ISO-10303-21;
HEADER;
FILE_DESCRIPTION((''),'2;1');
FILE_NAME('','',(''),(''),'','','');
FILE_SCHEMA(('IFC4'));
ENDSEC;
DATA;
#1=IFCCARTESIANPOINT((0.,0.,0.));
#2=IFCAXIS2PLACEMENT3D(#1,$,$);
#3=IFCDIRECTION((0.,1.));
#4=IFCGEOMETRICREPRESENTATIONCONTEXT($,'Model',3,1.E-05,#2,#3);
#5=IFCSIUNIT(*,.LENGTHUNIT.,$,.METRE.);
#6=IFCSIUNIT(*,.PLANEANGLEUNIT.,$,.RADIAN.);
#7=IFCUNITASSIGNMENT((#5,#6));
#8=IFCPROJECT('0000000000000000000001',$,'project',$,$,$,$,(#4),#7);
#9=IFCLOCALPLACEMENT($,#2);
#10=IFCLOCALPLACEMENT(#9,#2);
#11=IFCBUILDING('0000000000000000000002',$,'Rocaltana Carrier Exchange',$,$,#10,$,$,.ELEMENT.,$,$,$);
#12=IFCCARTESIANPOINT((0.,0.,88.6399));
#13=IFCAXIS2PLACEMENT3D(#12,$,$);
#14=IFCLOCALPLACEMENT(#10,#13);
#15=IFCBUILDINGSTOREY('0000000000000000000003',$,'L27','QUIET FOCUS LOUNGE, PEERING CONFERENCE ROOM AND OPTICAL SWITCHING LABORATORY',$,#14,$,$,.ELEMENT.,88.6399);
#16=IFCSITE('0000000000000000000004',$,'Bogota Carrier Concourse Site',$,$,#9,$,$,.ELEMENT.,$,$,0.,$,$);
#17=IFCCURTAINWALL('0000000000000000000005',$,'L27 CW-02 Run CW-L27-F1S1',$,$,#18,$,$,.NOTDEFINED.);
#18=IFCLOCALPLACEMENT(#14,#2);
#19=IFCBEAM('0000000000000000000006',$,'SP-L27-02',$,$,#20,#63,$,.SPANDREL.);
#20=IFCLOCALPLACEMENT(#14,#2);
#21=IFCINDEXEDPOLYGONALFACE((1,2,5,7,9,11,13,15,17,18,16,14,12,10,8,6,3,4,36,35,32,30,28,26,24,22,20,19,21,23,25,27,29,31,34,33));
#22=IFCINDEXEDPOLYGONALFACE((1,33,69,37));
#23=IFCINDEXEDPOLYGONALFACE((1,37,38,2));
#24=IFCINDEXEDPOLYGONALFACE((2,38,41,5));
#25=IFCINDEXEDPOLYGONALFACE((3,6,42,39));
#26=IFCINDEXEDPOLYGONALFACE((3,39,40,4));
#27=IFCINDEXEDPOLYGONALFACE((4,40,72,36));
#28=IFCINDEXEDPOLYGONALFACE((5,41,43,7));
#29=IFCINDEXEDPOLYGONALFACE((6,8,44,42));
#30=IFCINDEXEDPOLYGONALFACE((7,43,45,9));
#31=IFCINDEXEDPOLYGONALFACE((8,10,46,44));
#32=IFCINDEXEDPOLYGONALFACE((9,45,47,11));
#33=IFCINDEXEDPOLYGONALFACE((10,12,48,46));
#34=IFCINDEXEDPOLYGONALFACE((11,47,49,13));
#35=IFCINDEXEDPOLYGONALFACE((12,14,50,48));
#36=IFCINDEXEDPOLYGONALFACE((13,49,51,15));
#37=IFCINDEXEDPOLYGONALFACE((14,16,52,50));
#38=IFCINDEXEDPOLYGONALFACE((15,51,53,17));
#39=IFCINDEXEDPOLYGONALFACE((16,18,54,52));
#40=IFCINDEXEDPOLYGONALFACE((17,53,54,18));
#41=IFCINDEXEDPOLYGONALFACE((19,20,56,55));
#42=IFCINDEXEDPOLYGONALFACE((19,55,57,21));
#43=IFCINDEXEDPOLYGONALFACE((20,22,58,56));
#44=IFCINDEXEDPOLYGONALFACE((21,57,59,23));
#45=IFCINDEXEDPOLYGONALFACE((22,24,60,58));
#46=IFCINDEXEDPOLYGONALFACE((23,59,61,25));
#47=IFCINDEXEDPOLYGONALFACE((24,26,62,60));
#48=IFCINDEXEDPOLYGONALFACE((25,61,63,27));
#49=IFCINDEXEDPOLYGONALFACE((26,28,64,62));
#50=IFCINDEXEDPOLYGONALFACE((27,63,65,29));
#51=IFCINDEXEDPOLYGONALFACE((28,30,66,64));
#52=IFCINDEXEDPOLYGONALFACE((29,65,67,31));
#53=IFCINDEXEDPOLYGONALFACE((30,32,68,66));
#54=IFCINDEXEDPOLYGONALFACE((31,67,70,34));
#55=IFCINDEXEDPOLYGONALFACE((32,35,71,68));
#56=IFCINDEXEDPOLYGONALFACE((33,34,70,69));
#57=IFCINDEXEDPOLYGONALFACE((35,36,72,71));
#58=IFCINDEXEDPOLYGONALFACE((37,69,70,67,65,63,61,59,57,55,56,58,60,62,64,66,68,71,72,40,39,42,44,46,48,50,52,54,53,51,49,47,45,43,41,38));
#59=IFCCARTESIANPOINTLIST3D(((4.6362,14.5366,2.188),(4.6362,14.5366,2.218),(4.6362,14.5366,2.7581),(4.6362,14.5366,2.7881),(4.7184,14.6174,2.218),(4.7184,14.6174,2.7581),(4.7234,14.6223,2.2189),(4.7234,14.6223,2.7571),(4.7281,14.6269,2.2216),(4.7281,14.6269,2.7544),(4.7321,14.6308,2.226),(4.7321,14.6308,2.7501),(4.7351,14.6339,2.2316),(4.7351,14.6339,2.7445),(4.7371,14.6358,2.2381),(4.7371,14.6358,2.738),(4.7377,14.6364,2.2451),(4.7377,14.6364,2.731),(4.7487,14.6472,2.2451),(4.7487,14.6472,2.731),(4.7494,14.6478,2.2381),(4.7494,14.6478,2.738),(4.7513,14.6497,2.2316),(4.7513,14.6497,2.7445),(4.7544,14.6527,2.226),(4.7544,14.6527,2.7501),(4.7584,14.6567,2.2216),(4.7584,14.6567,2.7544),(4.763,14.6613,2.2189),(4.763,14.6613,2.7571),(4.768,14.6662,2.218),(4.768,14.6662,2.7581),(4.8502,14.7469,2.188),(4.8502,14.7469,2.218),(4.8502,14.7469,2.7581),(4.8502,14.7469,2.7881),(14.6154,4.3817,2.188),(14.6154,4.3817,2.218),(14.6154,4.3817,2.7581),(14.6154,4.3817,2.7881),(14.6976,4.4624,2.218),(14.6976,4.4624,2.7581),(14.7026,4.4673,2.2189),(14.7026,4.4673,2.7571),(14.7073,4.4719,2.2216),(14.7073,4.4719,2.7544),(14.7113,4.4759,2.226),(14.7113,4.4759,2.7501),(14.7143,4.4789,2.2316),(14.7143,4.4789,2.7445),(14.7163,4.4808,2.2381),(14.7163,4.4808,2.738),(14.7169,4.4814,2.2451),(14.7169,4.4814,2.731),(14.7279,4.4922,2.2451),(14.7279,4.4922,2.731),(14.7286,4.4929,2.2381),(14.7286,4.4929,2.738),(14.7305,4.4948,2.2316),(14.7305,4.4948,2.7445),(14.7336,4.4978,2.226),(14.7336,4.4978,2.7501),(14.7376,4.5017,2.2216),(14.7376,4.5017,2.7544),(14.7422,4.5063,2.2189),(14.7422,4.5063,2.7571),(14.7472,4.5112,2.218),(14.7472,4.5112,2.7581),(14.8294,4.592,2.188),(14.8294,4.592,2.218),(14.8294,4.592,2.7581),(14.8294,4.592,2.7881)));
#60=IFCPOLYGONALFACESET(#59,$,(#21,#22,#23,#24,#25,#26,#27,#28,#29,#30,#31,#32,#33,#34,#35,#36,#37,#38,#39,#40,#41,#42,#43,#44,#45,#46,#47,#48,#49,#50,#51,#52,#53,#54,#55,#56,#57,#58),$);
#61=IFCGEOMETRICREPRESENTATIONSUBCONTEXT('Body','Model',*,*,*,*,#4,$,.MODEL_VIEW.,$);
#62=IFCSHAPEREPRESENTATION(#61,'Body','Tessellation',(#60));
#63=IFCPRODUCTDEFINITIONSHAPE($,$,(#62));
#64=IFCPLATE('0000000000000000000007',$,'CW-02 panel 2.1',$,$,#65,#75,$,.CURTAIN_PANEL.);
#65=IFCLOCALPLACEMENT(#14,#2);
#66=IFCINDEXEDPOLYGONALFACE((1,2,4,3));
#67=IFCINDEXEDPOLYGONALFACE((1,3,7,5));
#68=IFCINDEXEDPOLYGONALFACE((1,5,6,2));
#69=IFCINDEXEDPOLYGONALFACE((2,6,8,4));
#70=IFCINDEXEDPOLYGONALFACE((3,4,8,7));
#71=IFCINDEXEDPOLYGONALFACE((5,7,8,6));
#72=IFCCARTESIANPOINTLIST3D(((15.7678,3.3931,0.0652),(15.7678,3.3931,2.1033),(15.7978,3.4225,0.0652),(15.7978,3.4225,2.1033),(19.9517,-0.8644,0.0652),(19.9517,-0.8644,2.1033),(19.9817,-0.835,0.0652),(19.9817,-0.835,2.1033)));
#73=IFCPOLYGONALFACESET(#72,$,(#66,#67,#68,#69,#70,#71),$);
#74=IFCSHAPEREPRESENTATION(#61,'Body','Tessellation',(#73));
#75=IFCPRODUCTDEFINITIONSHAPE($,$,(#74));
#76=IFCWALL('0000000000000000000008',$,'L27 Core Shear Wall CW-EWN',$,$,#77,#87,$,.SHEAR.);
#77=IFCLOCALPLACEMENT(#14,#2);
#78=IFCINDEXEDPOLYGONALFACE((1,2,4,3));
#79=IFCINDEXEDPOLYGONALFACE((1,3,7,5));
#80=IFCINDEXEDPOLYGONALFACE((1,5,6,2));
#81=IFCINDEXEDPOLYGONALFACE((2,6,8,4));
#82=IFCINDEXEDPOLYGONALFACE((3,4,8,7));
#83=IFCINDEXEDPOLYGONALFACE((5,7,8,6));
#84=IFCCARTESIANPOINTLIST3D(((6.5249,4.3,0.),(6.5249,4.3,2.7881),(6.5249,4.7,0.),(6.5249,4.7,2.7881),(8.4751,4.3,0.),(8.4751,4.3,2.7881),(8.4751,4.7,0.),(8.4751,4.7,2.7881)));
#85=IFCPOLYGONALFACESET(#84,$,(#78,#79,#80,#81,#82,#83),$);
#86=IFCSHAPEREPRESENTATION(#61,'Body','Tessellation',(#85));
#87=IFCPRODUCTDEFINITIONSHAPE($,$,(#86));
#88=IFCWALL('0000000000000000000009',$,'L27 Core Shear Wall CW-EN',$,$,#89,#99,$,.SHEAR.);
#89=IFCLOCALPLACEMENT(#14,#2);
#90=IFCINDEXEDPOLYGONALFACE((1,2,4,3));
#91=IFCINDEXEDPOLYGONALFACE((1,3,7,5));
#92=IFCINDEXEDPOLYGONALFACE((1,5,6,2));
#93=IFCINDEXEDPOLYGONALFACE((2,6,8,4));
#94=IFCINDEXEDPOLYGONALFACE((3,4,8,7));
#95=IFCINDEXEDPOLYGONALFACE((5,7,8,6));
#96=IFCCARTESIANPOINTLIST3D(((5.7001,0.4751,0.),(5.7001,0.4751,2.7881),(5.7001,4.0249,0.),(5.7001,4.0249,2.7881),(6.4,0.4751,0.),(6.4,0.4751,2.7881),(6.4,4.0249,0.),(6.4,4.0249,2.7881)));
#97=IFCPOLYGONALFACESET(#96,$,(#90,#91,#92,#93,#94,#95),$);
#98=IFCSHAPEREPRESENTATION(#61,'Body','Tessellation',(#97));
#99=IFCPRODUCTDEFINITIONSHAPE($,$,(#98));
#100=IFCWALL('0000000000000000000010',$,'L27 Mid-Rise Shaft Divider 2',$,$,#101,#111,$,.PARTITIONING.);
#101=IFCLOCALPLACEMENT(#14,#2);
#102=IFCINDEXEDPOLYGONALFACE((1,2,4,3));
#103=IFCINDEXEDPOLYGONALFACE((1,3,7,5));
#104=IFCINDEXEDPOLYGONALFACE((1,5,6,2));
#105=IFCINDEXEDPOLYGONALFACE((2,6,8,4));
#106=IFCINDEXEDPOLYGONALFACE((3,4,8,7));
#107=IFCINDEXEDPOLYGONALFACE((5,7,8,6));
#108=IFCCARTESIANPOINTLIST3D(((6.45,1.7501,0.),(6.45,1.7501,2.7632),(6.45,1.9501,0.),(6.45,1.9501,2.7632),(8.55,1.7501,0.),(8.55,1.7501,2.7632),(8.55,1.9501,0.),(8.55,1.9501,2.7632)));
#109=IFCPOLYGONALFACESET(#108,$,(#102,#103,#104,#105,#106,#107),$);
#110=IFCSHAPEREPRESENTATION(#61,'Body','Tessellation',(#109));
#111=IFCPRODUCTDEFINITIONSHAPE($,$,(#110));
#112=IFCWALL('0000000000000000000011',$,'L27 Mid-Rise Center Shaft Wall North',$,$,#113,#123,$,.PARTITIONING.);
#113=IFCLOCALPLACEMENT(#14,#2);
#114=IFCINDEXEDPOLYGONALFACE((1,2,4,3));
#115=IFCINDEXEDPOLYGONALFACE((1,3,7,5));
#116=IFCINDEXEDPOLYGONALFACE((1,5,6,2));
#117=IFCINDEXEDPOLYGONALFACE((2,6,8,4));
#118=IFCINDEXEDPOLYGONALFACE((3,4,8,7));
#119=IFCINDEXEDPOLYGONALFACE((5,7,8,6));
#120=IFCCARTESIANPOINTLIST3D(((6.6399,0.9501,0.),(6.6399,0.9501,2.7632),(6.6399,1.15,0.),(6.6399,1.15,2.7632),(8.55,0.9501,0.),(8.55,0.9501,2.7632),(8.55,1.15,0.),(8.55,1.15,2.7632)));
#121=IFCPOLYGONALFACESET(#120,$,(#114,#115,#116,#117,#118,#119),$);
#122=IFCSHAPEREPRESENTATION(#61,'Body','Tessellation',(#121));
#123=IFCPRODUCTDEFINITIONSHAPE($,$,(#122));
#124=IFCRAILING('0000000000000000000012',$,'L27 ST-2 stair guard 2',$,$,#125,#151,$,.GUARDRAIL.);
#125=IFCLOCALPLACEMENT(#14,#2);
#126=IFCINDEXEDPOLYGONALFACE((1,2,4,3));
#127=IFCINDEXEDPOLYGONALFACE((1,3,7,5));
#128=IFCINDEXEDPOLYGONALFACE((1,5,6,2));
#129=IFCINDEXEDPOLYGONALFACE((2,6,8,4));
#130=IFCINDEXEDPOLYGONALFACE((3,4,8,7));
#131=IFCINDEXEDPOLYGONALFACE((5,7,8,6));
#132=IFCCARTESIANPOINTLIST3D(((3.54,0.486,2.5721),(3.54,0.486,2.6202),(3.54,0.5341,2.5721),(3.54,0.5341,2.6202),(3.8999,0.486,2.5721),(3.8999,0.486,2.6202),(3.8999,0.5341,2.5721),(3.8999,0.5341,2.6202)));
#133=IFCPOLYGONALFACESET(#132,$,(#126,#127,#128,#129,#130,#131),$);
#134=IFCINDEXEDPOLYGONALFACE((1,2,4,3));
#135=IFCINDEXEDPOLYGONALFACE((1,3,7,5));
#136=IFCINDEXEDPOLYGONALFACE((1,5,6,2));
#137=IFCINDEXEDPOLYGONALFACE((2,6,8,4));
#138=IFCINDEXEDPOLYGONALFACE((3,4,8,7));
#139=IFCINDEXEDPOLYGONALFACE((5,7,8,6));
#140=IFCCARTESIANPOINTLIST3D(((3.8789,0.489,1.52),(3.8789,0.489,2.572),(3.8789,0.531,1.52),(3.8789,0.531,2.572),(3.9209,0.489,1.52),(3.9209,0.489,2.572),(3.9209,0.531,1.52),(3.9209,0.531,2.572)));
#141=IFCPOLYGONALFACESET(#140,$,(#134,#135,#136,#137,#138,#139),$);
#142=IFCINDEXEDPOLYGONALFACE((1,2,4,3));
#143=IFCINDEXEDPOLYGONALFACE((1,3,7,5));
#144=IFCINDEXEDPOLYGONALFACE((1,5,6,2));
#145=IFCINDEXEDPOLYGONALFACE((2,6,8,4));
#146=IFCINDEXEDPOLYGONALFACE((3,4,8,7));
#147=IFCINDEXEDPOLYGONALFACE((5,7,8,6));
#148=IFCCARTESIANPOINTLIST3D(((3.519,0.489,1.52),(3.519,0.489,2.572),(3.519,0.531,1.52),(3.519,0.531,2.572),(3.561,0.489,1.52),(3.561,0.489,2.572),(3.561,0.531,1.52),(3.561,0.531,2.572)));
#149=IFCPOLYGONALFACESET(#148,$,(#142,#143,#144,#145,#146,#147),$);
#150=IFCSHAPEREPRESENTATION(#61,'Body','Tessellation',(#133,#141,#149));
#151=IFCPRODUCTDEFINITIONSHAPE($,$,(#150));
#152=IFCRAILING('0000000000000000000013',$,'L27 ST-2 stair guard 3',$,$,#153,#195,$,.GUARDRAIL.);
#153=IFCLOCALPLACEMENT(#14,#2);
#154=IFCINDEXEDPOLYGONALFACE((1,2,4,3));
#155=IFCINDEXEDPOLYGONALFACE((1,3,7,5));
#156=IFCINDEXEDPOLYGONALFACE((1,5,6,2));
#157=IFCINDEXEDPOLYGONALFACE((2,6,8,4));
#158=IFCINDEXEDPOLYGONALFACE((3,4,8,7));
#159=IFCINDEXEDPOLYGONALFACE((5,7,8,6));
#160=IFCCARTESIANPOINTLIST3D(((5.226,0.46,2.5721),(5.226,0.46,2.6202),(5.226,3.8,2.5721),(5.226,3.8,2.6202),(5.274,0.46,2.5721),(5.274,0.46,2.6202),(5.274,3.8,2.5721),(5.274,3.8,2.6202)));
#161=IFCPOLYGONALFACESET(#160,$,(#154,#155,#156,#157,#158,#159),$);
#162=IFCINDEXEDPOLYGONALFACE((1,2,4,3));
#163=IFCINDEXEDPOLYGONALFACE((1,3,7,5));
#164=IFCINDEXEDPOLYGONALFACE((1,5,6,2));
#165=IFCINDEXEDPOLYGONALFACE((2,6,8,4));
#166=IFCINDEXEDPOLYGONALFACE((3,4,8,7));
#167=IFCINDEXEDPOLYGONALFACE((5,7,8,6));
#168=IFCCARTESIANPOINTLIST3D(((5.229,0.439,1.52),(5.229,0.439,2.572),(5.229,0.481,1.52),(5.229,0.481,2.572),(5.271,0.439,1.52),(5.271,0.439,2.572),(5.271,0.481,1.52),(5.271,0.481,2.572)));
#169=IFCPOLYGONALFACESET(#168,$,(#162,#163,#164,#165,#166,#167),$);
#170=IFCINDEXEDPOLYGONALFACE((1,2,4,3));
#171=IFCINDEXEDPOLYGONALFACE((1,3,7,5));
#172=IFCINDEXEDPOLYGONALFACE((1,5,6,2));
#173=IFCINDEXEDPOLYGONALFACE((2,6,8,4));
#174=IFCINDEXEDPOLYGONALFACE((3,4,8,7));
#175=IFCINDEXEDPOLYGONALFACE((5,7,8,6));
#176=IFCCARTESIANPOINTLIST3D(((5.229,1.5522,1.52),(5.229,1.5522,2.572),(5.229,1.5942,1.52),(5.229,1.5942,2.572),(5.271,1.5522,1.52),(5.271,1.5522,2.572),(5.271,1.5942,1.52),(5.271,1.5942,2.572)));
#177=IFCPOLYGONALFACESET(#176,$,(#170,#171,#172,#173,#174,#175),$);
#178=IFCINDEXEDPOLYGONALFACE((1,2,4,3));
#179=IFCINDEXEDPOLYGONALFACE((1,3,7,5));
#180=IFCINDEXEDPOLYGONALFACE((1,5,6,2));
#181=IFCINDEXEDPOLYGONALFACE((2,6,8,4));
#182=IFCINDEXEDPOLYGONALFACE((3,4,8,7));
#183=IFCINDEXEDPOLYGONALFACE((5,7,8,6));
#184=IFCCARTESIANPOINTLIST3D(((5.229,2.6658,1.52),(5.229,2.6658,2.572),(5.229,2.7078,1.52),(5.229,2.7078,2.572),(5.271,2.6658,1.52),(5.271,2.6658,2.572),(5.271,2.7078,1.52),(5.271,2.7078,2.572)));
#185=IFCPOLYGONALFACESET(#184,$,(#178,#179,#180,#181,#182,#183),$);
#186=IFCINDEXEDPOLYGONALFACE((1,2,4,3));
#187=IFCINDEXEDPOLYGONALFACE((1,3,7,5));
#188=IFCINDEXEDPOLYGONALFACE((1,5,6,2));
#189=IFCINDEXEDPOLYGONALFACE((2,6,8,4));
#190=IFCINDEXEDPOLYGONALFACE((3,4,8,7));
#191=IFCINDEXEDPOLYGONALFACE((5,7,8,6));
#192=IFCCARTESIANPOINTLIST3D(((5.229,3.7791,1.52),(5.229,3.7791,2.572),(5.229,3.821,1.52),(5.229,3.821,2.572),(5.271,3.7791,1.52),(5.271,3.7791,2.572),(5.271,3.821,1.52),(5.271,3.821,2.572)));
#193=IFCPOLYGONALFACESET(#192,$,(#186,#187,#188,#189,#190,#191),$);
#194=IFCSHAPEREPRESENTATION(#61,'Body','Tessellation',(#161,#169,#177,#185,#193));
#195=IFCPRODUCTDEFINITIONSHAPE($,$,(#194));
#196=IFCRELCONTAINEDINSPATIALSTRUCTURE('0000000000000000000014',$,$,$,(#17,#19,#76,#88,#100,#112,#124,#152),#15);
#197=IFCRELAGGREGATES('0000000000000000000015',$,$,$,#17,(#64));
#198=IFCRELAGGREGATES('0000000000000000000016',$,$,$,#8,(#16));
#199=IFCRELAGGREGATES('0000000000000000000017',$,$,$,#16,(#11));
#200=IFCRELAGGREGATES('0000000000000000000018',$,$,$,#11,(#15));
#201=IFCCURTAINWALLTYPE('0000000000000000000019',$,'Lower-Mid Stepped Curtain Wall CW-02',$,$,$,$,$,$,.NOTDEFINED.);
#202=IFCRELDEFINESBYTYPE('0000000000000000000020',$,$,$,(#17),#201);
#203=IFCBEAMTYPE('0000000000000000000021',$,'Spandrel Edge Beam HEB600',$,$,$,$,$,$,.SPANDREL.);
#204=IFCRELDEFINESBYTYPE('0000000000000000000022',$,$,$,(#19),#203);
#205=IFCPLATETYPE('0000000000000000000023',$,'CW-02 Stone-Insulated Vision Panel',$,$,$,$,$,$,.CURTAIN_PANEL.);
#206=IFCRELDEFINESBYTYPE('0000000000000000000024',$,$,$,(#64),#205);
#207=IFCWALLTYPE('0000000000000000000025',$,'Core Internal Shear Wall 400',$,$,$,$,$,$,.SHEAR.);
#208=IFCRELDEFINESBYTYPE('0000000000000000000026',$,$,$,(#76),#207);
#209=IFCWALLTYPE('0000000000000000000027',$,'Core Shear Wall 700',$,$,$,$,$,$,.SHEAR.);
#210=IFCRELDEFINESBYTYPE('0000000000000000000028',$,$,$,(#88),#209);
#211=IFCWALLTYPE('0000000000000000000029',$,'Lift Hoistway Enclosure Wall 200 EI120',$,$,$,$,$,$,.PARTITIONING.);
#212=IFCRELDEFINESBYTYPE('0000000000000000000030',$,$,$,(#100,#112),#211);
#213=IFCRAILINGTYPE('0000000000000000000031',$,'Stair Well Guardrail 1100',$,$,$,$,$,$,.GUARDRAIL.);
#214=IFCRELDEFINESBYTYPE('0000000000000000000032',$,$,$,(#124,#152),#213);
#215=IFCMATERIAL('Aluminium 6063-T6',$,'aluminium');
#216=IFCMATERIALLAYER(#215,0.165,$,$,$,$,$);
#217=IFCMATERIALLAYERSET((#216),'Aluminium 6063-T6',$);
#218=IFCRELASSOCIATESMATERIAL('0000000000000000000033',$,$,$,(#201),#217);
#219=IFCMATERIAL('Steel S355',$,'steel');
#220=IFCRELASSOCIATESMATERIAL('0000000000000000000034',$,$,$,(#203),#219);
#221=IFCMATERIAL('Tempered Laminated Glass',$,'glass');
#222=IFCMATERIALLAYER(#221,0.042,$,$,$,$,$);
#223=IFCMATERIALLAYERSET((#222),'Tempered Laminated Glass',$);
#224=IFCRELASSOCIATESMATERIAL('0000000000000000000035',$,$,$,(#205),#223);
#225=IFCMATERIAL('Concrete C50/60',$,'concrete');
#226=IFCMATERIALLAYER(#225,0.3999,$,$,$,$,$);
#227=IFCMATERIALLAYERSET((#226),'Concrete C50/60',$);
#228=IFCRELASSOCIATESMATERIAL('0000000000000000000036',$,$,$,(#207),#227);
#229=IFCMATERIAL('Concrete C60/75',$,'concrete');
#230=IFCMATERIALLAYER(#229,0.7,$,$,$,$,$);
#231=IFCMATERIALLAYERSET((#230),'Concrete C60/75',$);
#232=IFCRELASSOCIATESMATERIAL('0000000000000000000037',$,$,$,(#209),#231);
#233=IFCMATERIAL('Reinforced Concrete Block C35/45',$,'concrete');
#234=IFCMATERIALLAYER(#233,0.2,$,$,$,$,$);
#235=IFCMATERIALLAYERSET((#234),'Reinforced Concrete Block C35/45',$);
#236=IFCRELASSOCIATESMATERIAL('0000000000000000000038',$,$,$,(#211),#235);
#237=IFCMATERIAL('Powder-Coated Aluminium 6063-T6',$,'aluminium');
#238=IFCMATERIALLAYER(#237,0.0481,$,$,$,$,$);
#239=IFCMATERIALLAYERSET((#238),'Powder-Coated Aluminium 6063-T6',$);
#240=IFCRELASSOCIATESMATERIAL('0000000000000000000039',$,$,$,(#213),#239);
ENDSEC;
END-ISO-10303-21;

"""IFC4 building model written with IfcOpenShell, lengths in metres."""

from ifc_helpers import new_model, si_unit, direction, frame, frame_2d, origin, origin_2d, place, context, subcontext, project, spatial, rectangle, i_section, extrude, material, layer, layer_set, material_profile, profile_set, type_object, element, aggregate, save


model = new_model("IFC4")

# Units and contexts
model_context = context("Model", 3, precision=1e-05, world=origin(), true_north=direction((0.0, 1.0)))
body_context = subcontext(model_context, "Body", "Model", "MODEL_VIEW")
ifc_project = project(units=[si_unit("LENGTHUNIT", "METRE"), si_unit("PLANEANGLEUNIT", "RADIAN")], contexts=[model_context])

# Site, building, storey
site_placement = place(None, origin())
site = spatial("IfcSite", under=ifc_project, at=site_placement, Name="Bogota Carrier Concourse Site", CompositionType="ELEMENT", RefElevation=0.0)
building_placement = place(site_placement, origin())
building = spatial("IfcBuilding", under=site, at=building_placement, Name="Rocaltana Carrier Exchange", CompositionType="ELEMENT")
storey_placement = place(building_placement, frame((0.0, 0.0, 88.6399)))
storey = spatial("IfcBuildingStorey", under=building, at=storey_placement, Name="L27", Description="QUIET FOCUS LOUNGE, PEERING CONFERENCE ROOM AND OPTICAL SWITCHING LABORATORY", CompositionType="ELEMENT", Elevation=88.6399)

# Curtain wall
ifc_material_1 = material(Name="Aluminium 6063-T6", Category="aluminium")
ifc_layer_1 = layer(ifc_material_1, 0.165)
ifc_layer_set_1 = layer_set([ifc_layer_1], Name="Aluminium 6063-T6")
curtain_wall_type = type_object("IfcCurtainWallType", Name="Lower-Mid Stepped Curtain Wall CW-02", PredefinedType="NOTDEFINED", material=ifc_layer_set_1)
curtain_wall_placement = place(storey_placement, origin())
curtain_wall = element("IfcCurtainWall", 1, at=curtain_wall_placement, inside=storey, type_object=curtain_wall_type, Name="L27 CW-02 Run CW-L27-F1S1", PredefinedType="NOTDEFINED")

# Beam
ifc_material_2 = material(Name="Steel S355", Category="steel")
ifc_material_profile_1 = material_profile(ifc_material_2, i_section(OverallWidth=0.3, OverallDepth=0.6001, WebThickness=0.0154, FlangeThickness=0.03, FilletRadius=0.0271, at=origin_2d()), Name="HEB600")
ifc_profile_set_1 = profile_set([ifc_material_profile_1], Name="Steel S355")
beam_type_1 = type_object("IfcBeamType", Name="Spandrel Edge Beam HEB600", PredefinedType="SPANDREL", material=ifc_profile_set_1)
beam_1_placement = place(storey_placement, frame((14.7224, 4.4868, 2.488), z_axis=(-0.700907, 0.713253, 0.0), x_axis=(-0.713253, -0.700907, 0.0)))
element("IfcBeam", 2, at=beam_1_placement, inside=storey, type_object=beam_type_1, Name="SP-L27-02", PredefinedType="SPANDREL", context=body_context, shape_type="SweptSolid", body=[
    extrude(i_section(OverallWidth=0.3, OverallDepth=0.6001, WebThickness=0.0154, FlangeThickness=0.03, FilletRadius=0.0271, at=origin_2d()), origin(), (0.0, 0.0, 1.0), 14.2375),
])

# Plate
ifc_material_3 = material(Name="Tempered Laminated Glass", Category="glass")
ifc_layer_2 = layer(ifc_material_3, 0.042)
ifc_layer_set_2 = layer_set([ifc_layer_2], Name="Tempered Laminated Glass")
plate_type = type_object("IfcPlateType", Name="CW-02 Stone-Insulated Vision Panel", PredefinedType="CURTAIN_PANEL", material=ifc_layer_set_2)
plate_placement = place(storey_placement, frame((17.8748, 1.2791, 0.0652), z_axis=(0.0, 0.0, 1.0), x_axis=(-0.700915, 0.713245, 0.0)))
plate = element("IfcPlate", 3, at=plate_placement, type_object=plate_type, Name="CW-02 panel 2.1", PredefinedType="CURTAIN_PANEL", context=body_context, shape_type="SweptSolid", body=[
    extrude(rectangle(XDim=5.9692, YDim=0.042, at=origin_2d()), origin(), (0.0, 0.0, 1.0), 2.0381),
])
aggregate(curtain_wall, [plate])

# Walls
ifc_material_4 = material(Name="Concrete C50/60", Category="concrete")
ifc_layer_3 = layer(ifc_material_4, 0.3999)
ifc_layer_set_3 = layer_set([ifc_layer_3], Name="Concrete C50/60")
wall_type_1 = type_object("IfcWallType", Name="Core Internal Shear Wall 400", PredefinedType="SHEAR", material=ifc_layer_set_3)
wall_1_placement = place(storey_placement, frame((6.5249, 4.5, 0.0), z_axis=(0.0, 0.0, 1.0), x_axis=(1.0, 0.0, 0.0)))
element("IfcWall", 4, at=wall_1_placement, inside=storey, type_object=wall_type_1, Name="L27 Core Shear Wall CW-EWN", PredefinedType="SHEAR", context=body_context, shape_type="SweptSolid", body=[
    extrude(rectangle(XDim=1.9502, YDim=0.3999, at=frame_2d((0.9751, 0.0))), origin(), (0.0, 0.0, 1.0), 2.7881),
])
ifc_material_5 = material(Name="Concrete C60/75", Category="concrete")
ifc_layer_4 = layer(ifc_material_5, 0.7)
ifc_layer_set_4 = layer_set([ifc_layer_4], Name="Concrete C60/75")
wall_type_2 = type_object("IfcWallType", Name="Core Shear Wall 700", PredefinedType="SHEAR", material=ifc_layer_set_4)
wall_2_placement = place(storey_placement, frame((6.05, 0.4751, 0.0), z_axis=(0.0, 0.0, 1.0), x_axis=(0.0, 1.0, 0.0)))
element("IfcWall", 5, at=wall_2_placement, inside=storey, type_object=wall_type_2, Name="L27 Core Shear Wall CW-EN", PredefinedType="SHEAR", context=body_context, shape_type="SweptSolid", body=[
    extrude(rectangle(XDim=3.5498, YDim=0.7, at=frame_2d((1.7749, 0.0))), origin(), (0.0, 0.0, 1.0), 2.7881),
])
ifc_material_6 = material(Name="Reinforced Concrete Block C35/45", Category="concrete")
ifc_layer_5 = layer(ifc_material_6, 0.2)
ifc_layer_set_5 = layer_set([ifc_layer_5], Name="Reinforced Concrete Block C35/45")
wall_type_3 = type_object("IfcWallType", Name="Lift Hoistway Enclosure Wall 200 EI120", PredefinedType="PARTITIONING", material=ifc_layer_set_5)
wall_3_placement = place(storey_placement, frame((6.45, 1.8501, 0.0), z_axis=(0.0, 0.0, 1.0), x_axis=(1.0, 0.0, 0.0)))
element("IfcWall", 6, at=wall_3_placement, inside=storey, type_object=wall_type_3, Name="L27 Mid-Rise Shaft Divider 2", PredefinedType="PARTITIONING", context=body_context, shape_type="SweptSolid", body=[
    extrude(rectangle(XDim=2.1001, YDim=0.2, at=frame_2d((1.05, 0.0))), origin(), (0.0, 0.0, 1.0), 2.7632),
])
wall_4_placement = place(storey_placement, frame((6.6399, 1.05, 0.0), z_axis=(0.0, 0.0, 1.0), x_axis=(1.0, 0.0, 0.0)))
element("IfcWall", 7, at=wall_4_placement, inside=storey, type_object=wall_type_3, Name="L27 Mid-Rise Center Shaft Wall North", PredefinedType="PARTITIONING", context=body_context, shape_type="SweptSolid", body=[
    extrude(rectangle(XDim=1.9102, YDim=0.2, at=frame_2d((0.9551, 0.0))), origin(), (0.0, 0.0, 1.0), 2.7632),
])

# Railings
ifc_material_7 = material(Name="Powder-Coated Aluminium 6063-T6", Category="aluminium")
ifc_layer_6 = layer(ifc_material_7, 0.0481)
ifc_layer_set_6 = layer_set([ifc_layer_6], Name="Powder-Coated Aluminium 6063-T6")
railing_type = type_object("IfcRailingType", Name="Stair Well Guardrail 1100", PredefinedType="GUARDRAIL", material=ifc_layer_set_6)
railing_1_placement = place(storey_placement, frame((3.8999, 0.51, 1.52)))
element("IfcRailing", 8, at=railing_1_placement, inside=storey, type_object=railing_type, Name="L27 ST-2 stair guard 2", PredefinedType="GUARDRAIL", context=body_context, shape_type="SweptSolid", body=[
    extrude(rectangle(XDim=0.0481, YDim=0.0481, at=origin_2d()), frame((0.0, 0.0, 1.0762), z_axis=(-1.0, 0.0, 0.0), x_axis=(0.0, -1.0, 0.0)), (0.0, 0.0, 1.0), 0.3599),
    extrude(rectangle(XDim=0.042, YDim=0.042, at=origin_2d()), origin(), (0.0, 0.0, 1.0), 1.052),
    extrude(rectangle(XDim=0.042, YDim=0.042, at=origin_2d()), frame((-0.3599, 0.0, 0.0)), (0.0, 0.0, 1.0), 1.052),
])
railing_2_placement = place(storey_placement, frame((5.25, 0.46, 1.52)))
element("IfcRailing", 9, at=railing_2_placement, inside=storey, type_object=railing_type, Name="L27 ST-2 stair guard 3", PredefinedType="GUARDRAIL", context=body_context, shape_type="SweptSolid", body=[
    extrude(rectangle(XDim=0.0481, YDim=0.0481, at=origin_2d()), frame((0.0, 0.0, 1.0762), z_axis=(0.0, 1.0, 0.0), x_axis=(-1.0, 0.0, 0.0)), (0.0, 0.0, 1.0), 3.3401),
    extrude(rectangle(XDim=0.042, YDim=0.042, at=origin_2d()), origin(), (0.0, 0.0, 1.0), 1.052),
    extrude(rectangle(XDim=0.042, YDim=0.042, at=origin_2d()), frame((0.0, 1.1133, 0.0)), (0.0, 0.0, 1.0), 1.052),
    extrude(rectangle(XDim=0.042, YDim=0.042, at=origin_2d()), frame((0.0, 2.2268, 0.0)), (0.0, 0.0, 1.0), 1.052),
    extrude(rectangle(XDim=0.042, YDim=0.042, at=origin_2d()), frame((0.0, 3.3401, 0.0)), (0.0, 0.0, 1.0), 1.052),
])

save(model, "model.ifc")
